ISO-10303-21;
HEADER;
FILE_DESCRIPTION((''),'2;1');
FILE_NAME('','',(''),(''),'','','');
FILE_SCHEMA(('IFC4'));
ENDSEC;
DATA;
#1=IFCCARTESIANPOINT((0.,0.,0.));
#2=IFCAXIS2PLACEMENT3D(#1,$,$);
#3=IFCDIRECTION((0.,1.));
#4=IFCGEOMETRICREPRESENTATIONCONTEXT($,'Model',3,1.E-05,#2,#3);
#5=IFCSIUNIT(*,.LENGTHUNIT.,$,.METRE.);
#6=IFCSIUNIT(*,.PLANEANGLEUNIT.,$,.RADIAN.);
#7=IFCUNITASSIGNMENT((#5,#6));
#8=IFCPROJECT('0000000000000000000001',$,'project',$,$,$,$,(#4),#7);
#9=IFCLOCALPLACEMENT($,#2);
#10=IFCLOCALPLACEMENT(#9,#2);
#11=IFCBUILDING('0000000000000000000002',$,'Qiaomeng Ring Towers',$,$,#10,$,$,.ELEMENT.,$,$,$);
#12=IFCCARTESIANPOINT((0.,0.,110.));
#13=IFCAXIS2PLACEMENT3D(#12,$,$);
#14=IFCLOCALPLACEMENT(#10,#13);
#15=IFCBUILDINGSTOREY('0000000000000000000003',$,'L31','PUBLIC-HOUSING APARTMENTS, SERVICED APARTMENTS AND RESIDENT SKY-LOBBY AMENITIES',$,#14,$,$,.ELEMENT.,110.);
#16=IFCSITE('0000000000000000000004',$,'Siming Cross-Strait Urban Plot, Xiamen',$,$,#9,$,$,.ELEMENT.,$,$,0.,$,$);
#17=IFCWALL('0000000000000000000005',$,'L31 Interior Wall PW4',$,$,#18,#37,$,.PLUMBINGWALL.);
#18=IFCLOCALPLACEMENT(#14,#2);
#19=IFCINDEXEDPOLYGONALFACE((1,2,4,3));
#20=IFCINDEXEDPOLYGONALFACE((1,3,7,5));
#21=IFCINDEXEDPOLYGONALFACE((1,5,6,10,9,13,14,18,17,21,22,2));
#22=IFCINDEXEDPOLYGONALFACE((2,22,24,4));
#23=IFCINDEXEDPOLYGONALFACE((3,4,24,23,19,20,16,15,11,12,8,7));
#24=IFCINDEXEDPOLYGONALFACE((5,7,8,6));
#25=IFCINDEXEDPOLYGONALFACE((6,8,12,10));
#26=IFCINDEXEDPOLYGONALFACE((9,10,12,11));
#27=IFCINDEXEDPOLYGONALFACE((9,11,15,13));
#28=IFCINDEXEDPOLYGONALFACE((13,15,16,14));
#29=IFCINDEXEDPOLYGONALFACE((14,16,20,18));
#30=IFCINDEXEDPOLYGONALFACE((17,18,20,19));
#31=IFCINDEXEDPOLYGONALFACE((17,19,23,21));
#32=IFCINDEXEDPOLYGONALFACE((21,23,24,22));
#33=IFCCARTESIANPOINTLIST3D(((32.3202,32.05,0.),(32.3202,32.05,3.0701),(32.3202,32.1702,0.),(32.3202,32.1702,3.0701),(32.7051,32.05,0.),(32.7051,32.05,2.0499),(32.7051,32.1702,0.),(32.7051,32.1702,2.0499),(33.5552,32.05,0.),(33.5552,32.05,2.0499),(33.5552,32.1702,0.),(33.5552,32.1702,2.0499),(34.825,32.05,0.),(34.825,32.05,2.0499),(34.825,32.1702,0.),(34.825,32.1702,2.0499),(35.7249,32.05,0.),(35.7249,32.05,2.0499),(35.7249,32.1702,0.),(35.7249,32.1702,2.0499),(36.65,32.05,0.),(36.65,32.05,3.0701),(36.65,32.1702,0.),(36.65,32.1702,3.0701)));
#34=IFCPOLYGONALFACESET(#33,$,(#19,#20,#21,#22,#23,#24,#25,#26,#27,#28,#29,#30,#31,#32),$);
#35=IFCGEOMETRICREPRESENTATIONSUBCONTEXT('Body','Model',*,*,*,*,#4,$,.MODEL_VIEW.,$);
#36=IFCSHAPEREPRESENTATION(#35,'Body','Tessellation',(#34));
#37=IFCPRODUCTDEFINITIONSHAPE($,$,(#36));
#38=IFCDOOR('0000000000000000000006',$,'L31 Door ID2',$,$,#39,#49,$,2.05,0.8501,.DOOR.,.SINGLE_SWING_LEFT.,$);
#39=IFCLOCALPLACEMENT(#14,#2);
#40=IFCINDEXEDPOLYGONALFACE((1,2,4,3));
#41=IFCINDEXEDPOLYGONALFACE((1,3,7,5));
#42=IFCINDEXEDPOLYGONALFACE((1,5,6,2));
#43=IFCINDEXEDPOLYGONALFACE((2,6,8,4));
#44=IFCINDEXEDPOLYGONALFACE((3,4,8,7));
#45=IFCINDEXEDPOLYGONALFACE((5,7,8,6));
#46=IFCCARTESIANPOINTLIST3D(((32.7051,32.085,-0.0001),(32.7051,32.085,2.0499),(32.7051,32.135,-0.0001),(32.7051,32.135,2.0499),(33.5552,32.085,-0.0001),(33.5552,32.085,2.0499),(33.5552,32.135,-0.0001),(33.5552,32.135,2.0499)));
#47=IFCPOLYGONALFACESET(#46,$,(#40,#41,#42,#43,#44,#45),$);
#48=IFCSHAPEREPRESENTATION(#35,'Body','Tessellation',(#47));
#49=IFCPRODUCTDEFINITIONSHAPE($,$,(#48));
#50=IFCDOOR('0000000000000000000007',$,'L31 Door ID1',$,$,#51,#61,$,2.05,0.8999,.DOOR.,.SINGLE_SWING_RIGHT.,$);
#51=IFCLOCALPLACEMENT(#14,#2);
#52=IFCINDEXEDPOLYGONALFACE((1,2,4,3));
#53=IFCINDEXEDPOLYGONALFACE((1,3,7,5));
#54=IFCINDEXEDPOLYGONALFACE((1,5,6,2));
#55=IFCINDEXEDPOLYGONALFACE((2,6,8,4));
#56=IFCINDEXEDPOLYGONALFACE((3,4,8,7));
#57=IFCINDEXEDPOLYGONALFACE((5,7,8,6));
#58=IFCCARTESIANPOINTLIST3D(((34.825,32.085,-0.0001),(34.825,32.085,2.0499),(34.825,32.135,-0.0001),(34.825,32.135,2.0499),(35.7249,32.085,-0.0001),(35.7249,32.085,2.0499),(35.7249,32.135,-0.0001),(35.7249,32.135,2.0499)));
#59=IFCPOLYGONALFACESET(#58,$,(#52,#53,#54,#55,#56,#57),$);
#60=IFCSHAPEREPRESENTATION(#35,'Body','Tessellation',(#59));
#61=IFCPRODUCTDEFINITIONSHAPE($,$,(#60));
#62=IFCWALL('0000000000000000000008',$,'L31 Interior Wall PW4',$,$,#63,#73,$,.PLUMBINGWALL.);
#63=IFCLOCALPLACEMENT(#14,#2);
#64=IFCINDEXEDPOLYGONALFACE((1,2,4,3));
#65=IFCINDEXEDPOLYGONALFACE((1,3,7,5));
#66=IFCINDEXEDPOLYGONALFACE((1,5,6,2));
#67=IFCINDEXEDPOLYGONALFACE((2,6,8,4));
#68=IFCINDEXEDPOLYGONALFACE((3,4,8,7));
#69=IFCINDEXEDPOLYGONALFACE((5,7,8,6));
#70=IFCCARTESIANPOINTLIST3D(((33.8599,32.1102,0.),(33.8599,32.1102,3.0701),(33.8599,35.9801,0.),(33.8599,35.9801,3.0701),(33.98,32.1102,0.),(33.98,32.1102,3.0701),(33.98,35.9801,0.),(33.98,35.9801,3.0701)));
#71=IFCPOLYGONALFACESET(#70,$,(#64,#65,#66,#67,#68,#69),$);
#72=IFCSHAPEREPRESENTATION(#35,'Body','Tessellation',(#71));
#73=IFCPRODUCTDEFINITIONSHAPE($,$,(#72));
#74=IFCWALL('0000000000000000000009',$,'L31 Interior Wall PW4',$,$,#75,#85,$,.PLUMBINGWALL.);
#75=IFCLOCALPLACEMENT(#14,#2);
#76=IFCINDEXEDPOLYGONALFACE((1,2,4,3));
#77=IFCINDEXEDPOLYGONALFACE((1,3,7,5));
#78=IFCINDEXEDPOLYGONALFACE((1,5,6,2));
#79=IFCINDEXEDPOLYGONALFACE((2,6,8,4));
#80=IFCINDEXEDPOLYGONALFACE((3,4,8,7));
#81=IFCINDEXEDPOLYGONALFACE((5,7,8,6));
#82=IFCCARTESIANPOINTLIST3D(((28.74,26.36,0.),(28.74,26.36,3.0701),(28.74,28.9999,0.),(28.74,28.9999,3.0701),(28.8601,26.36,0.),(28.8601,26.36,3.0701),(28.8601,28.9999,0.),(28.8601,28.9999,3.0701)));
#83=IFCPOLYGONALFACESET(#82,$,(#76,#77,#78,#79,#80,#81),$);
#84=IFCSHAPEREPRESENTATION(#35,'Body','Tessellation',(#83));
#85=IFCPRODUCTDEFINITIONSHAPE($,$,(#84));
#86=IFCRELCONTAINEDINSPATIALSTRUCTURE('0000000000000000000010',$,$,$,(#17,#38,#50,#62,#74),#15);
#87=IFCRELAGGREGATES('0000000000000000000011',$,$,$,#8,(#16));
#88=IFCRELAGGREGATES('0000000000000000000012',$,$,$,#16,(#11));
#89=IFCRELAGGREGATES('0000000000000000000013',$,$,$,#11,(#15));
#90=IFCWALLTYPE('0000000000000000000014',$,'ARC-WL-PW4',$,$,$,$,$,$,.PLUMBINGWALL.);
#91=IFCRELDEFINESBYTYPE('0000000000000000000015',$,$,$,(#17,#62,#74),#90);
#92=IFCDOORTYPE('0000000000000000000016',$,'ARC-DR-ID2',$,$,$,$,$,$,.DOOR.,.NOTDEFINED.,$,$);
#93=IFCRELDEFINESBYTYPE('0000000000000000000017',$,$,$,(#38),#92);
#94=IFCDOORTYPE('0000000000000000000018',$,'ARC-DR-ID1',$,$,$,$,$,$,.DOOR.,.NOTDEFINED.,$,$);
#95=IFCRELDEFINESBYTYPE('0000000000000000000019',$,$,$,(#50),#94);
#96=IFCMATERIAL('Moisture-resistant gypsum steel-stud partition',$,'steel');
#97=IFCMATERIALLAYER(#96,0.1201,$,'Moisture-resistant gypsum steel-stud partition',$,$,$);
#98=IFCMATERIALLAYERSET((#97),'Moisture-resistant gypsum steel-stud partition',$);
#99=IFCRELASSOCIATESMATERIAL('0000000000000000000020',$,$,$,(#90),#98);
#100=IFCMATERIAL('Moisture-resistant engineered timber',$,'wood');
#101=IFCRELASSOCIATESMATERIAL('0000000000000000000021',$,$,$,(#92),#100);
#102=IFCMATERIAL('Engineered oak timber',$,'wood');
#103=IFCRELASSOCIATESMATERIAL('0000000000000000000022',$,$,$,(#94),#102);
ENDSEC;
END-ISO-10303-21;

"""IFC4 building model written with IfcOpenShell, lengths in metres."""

from ifc_helpers import new_model, si_unit, direction, frame, frame_2d, origin, place, context, subcontext, project, spatial, rectangle, extrude, source, transform, mapped, material, layer, layer_set, type_object, element, fill, save


model = new_model("IFC4")

# Units and contexts
model_context = context("Model", 3, precision=1e-05, world=origin(), true_north=direction((0.0, 1.0)))
body_context = subcontext(model_context, "Body", "Model", "MODEL_VIEW")
ifc_project = project(units=[si_unit("LENGTHUNIT", "METRE"), si_unit("PLANEANGLEUNIT", "RADIAN")], contexts=[model_context])

# Site, building, storey
site_placement = place(None, origin())
site = spatial("IfcSite", under=ifc_project, at=site_placement, Name="Siming Cross-Strait Urban Plot, Xiamen", CompositionType="ELEMENT", RefElevation=0.0)
building_placement = place(site_placement, origin())
building = spatial("IfcBuilding", under=site, at=building_placement, Name="Qiaomeng Ring Towers", CompositionType="ELEMENT")
storey_placement = place(building_placement, frame((0.0, 0.0, 110.0)))
storey = spatial("IfcBuildingStorey", under=building, at=storey_placement, Name="L31", Description="PUBLIC-HOUSING APARTMENTS, SERVICED APARTMENTS AND RESIDENT SKY-LOBBY AMENITIES", CompositionType="ELEMENT", Elevation=110.0)

# Shared definitions
ifc_material_1 = material(Name="Moisture-resistant gypsum steel-stud partition", Category="steel")
ifc_layer_1 = layer(ifc_material_1, 0.1201, Name="Moisture-resistant gypsum steel-stud partition")
ifc_layer_set_1 = layer_set([ifc_layer_1], Name="Moisture-resistant gypsum steel-stud partition")
wall_type_1 = type_object("IfcWallType", Name="ARC-WL-PW4", PredefinedType="PLUMBINGWALL", material=ifc_layer_set_1)
ifc_material_2 = material(Name="Moisture-resistant engineered timber", Category="wood")
door_type_1 = type_object("IfcDoorType", Name="ARC-DR-ID2", OperationType="NOTDEFINED", PredefinedType="DOOR", material=ifc_material_2)
shared_shape_1 = source(origin(), body_context, "Body", "SweptSolid", [
    extrude(rectangle(XDim=0.8501, YDim=2.05, at=frame_2d((0.425, 1.0249))), frame((0.0, 0.0249, 0.0), z_axis=(0.0, -1.0, 0.0), x_axis=(1.0, 0.0, 0.0)), (0.0, 0.0, 1.0), 0.05),
])
ifc_material_3 = material(Name="Engineered oak timber", Category="wood")
door_type_2 = type_object("IfcDoorType", Name="ARC-DR-ID1", OperationType="NOTDEFINED", PredefinedType="DOOR", material=ifc_material_3)
shared_shape_2 = source(origin(), body_context, "Body", "SweptSolid", [
    extrude(rectangle(XDim=0.8999, YDim=2.05, at=frame_2d((0.45, 1.0249))), frame((0.0, 0.0249, 0.0), z_axis=(0.0, -1.0, 0.0), x_axis=(1.0, 0.0, 0.0)), (0.0, 0.0, 1.0), 0.05),
])

# Wall, openings, doors
wall_1_placement = place(storey_placement, frame((32.3201, 32.1101, 0.0), z_axis=(0.0, 0.0, 1.0), x_axis=(1.0, 0.0, 0.0)))
wall_1 = element("IfcWall", 1, at=wall_1_placement, inside=storey, type_object=wall_type_1, Name="L31 Interior Wall PW4", PredefinedType="PLUMBINGWALL", context=body_context, shape_type="SweptSolid", body=[
    extrude(rectangle(XDim=4.3298, YDim=0.1201, at=frame_2d((2.165, 0.0))), origin(), (0.0, 0.0, 1.0), 3.0701),
])
opening_1_placement = place(wall_1_placement, frame((0.385, 0.0, 0.0)))
opening_1 = element("IfcOpeningElement", 2, at=opening_1_placement, cuts=wall_1, PredefinedType="OPENING", context=body_context, shape_type="SweptSolid", body=[
    extrude(rectangle(XDim=0.8501, YDim=2.05, at=frame_2d((0.425, 1.0249))), frame((0.0, 0.0701, 0.0), z_axis=(0.0, -1.0, 0.0), x_axis=(1.0, 0.0, 0.0)), (0.0, 0.0, 1.0), 0.1401),
])
opening_2_placement = place(wall_1_placement, frame((2.5049, 0.0, 0.0)))
opening_2 = element("IfcOpeningElement", 3, at=opening_2_placement, cuts=wall_1, PredefinedType="OPENING", context=body_context, shape_type="SweptSolid", body=[
    extrude(rectangle(XDim=0.8999, YDim=2.05, at=frame_2d((0.45, 1.0249))), frame((0.0, 0.0701, 0.0), z_axis=(0.0, -1.0, 0.0), x_axis=(1.0, 0.0, 0.0)), (0.0, 0.0, 1.0), 0.1401),
])
door_1_placement = place(opening_1_placement, origin())
door_1 = element("IfcDoor", 4, at=door_1_placement, inside=storey, type_object=door_type_1, Name="L31 Door ID2", OperationType="SINGLE_SWING_LEFT", OverallHeight=2.05, OverallWidth=0.8501, PredefinedType="DOOR", context=body_context, shape_type="MappedRepresentation", body=[
    mapped(shared_shape_1, transform((0.0, 0.0, 0.0), x_axis=(1.0, 0.0, 0.0), y_axis=(0.0, 1.0, 0.0), z_axis=(0.0, 0.0, 1.0), scale=1.0)),
])
fill(opening_1, door_1)
door_2_placement = place(opening_2_placement, origin())
door_2 = element("IfcDoor", 5, at=door_2_placement, inside=storey, type_object=door_type_2, Name="L31 Door ID1", OperationType="SINGLE_SWING_RIGHT", OverallHeight=2.05, OverallWidth=0.8999, PredefinedType="DOOR", context=body_context, shape_type="MappedRepresentation", body=[
    mapped(shared_shape_2, transform((0.0, 0.0, 0.0), x_axis=(1.0, 0.0, 0.0), y_axis=(0.0, 1.0, 0.0), z_axis=(0.0, 0.0, 1.0), scale=1.0)),
])
fill(opening_2, door_2)

# Walls
wall_2_placement = place(storey_placement, frame((33.9199, 32.1101, 0.0), z_axis=(0.0, 0.0, 1.0), x_axis=(0.0, 1.0, 0.0)))
element("IfcWall", 6, at=wall_2_placement, inside=storey, type_object=wall_type_1, Name="L31 Interior Wall PW4", PredefinedType="PLUMBINGWALL", context=body_context, shape_type="SweptSolid", body=[
    extrude(rectangle(XDim=3.8699, YDim=0.1201, at=frame_2d((1.9351, 0.0))), origin(), (0.0, 0.0, 1.0), 3.0701),
])
wall_3_placement = place(storey_placement, frame((28.8, 26.3601, 0.0), z_axis=(0.0, 0.0, 1.0), x_axis=(0.0, 1.0, 0.0)))
element("IfcWall", 7, at=wall_3_placement, inside=storey, type_object=wall_type_1, Name="L31 Interior Wall PW4", PredefinedType="PLUMBINGWALL", context=body_context, shape_type="SweptSolid", body=[
    extrude(rectangle(XDim=2.6399, YDim=0.1201, at=frame_2d((1.3198, 0.0))), origin(), (0.0, 0.0, 1.0), 3.0701),
])

save(model, "model.ifc")
